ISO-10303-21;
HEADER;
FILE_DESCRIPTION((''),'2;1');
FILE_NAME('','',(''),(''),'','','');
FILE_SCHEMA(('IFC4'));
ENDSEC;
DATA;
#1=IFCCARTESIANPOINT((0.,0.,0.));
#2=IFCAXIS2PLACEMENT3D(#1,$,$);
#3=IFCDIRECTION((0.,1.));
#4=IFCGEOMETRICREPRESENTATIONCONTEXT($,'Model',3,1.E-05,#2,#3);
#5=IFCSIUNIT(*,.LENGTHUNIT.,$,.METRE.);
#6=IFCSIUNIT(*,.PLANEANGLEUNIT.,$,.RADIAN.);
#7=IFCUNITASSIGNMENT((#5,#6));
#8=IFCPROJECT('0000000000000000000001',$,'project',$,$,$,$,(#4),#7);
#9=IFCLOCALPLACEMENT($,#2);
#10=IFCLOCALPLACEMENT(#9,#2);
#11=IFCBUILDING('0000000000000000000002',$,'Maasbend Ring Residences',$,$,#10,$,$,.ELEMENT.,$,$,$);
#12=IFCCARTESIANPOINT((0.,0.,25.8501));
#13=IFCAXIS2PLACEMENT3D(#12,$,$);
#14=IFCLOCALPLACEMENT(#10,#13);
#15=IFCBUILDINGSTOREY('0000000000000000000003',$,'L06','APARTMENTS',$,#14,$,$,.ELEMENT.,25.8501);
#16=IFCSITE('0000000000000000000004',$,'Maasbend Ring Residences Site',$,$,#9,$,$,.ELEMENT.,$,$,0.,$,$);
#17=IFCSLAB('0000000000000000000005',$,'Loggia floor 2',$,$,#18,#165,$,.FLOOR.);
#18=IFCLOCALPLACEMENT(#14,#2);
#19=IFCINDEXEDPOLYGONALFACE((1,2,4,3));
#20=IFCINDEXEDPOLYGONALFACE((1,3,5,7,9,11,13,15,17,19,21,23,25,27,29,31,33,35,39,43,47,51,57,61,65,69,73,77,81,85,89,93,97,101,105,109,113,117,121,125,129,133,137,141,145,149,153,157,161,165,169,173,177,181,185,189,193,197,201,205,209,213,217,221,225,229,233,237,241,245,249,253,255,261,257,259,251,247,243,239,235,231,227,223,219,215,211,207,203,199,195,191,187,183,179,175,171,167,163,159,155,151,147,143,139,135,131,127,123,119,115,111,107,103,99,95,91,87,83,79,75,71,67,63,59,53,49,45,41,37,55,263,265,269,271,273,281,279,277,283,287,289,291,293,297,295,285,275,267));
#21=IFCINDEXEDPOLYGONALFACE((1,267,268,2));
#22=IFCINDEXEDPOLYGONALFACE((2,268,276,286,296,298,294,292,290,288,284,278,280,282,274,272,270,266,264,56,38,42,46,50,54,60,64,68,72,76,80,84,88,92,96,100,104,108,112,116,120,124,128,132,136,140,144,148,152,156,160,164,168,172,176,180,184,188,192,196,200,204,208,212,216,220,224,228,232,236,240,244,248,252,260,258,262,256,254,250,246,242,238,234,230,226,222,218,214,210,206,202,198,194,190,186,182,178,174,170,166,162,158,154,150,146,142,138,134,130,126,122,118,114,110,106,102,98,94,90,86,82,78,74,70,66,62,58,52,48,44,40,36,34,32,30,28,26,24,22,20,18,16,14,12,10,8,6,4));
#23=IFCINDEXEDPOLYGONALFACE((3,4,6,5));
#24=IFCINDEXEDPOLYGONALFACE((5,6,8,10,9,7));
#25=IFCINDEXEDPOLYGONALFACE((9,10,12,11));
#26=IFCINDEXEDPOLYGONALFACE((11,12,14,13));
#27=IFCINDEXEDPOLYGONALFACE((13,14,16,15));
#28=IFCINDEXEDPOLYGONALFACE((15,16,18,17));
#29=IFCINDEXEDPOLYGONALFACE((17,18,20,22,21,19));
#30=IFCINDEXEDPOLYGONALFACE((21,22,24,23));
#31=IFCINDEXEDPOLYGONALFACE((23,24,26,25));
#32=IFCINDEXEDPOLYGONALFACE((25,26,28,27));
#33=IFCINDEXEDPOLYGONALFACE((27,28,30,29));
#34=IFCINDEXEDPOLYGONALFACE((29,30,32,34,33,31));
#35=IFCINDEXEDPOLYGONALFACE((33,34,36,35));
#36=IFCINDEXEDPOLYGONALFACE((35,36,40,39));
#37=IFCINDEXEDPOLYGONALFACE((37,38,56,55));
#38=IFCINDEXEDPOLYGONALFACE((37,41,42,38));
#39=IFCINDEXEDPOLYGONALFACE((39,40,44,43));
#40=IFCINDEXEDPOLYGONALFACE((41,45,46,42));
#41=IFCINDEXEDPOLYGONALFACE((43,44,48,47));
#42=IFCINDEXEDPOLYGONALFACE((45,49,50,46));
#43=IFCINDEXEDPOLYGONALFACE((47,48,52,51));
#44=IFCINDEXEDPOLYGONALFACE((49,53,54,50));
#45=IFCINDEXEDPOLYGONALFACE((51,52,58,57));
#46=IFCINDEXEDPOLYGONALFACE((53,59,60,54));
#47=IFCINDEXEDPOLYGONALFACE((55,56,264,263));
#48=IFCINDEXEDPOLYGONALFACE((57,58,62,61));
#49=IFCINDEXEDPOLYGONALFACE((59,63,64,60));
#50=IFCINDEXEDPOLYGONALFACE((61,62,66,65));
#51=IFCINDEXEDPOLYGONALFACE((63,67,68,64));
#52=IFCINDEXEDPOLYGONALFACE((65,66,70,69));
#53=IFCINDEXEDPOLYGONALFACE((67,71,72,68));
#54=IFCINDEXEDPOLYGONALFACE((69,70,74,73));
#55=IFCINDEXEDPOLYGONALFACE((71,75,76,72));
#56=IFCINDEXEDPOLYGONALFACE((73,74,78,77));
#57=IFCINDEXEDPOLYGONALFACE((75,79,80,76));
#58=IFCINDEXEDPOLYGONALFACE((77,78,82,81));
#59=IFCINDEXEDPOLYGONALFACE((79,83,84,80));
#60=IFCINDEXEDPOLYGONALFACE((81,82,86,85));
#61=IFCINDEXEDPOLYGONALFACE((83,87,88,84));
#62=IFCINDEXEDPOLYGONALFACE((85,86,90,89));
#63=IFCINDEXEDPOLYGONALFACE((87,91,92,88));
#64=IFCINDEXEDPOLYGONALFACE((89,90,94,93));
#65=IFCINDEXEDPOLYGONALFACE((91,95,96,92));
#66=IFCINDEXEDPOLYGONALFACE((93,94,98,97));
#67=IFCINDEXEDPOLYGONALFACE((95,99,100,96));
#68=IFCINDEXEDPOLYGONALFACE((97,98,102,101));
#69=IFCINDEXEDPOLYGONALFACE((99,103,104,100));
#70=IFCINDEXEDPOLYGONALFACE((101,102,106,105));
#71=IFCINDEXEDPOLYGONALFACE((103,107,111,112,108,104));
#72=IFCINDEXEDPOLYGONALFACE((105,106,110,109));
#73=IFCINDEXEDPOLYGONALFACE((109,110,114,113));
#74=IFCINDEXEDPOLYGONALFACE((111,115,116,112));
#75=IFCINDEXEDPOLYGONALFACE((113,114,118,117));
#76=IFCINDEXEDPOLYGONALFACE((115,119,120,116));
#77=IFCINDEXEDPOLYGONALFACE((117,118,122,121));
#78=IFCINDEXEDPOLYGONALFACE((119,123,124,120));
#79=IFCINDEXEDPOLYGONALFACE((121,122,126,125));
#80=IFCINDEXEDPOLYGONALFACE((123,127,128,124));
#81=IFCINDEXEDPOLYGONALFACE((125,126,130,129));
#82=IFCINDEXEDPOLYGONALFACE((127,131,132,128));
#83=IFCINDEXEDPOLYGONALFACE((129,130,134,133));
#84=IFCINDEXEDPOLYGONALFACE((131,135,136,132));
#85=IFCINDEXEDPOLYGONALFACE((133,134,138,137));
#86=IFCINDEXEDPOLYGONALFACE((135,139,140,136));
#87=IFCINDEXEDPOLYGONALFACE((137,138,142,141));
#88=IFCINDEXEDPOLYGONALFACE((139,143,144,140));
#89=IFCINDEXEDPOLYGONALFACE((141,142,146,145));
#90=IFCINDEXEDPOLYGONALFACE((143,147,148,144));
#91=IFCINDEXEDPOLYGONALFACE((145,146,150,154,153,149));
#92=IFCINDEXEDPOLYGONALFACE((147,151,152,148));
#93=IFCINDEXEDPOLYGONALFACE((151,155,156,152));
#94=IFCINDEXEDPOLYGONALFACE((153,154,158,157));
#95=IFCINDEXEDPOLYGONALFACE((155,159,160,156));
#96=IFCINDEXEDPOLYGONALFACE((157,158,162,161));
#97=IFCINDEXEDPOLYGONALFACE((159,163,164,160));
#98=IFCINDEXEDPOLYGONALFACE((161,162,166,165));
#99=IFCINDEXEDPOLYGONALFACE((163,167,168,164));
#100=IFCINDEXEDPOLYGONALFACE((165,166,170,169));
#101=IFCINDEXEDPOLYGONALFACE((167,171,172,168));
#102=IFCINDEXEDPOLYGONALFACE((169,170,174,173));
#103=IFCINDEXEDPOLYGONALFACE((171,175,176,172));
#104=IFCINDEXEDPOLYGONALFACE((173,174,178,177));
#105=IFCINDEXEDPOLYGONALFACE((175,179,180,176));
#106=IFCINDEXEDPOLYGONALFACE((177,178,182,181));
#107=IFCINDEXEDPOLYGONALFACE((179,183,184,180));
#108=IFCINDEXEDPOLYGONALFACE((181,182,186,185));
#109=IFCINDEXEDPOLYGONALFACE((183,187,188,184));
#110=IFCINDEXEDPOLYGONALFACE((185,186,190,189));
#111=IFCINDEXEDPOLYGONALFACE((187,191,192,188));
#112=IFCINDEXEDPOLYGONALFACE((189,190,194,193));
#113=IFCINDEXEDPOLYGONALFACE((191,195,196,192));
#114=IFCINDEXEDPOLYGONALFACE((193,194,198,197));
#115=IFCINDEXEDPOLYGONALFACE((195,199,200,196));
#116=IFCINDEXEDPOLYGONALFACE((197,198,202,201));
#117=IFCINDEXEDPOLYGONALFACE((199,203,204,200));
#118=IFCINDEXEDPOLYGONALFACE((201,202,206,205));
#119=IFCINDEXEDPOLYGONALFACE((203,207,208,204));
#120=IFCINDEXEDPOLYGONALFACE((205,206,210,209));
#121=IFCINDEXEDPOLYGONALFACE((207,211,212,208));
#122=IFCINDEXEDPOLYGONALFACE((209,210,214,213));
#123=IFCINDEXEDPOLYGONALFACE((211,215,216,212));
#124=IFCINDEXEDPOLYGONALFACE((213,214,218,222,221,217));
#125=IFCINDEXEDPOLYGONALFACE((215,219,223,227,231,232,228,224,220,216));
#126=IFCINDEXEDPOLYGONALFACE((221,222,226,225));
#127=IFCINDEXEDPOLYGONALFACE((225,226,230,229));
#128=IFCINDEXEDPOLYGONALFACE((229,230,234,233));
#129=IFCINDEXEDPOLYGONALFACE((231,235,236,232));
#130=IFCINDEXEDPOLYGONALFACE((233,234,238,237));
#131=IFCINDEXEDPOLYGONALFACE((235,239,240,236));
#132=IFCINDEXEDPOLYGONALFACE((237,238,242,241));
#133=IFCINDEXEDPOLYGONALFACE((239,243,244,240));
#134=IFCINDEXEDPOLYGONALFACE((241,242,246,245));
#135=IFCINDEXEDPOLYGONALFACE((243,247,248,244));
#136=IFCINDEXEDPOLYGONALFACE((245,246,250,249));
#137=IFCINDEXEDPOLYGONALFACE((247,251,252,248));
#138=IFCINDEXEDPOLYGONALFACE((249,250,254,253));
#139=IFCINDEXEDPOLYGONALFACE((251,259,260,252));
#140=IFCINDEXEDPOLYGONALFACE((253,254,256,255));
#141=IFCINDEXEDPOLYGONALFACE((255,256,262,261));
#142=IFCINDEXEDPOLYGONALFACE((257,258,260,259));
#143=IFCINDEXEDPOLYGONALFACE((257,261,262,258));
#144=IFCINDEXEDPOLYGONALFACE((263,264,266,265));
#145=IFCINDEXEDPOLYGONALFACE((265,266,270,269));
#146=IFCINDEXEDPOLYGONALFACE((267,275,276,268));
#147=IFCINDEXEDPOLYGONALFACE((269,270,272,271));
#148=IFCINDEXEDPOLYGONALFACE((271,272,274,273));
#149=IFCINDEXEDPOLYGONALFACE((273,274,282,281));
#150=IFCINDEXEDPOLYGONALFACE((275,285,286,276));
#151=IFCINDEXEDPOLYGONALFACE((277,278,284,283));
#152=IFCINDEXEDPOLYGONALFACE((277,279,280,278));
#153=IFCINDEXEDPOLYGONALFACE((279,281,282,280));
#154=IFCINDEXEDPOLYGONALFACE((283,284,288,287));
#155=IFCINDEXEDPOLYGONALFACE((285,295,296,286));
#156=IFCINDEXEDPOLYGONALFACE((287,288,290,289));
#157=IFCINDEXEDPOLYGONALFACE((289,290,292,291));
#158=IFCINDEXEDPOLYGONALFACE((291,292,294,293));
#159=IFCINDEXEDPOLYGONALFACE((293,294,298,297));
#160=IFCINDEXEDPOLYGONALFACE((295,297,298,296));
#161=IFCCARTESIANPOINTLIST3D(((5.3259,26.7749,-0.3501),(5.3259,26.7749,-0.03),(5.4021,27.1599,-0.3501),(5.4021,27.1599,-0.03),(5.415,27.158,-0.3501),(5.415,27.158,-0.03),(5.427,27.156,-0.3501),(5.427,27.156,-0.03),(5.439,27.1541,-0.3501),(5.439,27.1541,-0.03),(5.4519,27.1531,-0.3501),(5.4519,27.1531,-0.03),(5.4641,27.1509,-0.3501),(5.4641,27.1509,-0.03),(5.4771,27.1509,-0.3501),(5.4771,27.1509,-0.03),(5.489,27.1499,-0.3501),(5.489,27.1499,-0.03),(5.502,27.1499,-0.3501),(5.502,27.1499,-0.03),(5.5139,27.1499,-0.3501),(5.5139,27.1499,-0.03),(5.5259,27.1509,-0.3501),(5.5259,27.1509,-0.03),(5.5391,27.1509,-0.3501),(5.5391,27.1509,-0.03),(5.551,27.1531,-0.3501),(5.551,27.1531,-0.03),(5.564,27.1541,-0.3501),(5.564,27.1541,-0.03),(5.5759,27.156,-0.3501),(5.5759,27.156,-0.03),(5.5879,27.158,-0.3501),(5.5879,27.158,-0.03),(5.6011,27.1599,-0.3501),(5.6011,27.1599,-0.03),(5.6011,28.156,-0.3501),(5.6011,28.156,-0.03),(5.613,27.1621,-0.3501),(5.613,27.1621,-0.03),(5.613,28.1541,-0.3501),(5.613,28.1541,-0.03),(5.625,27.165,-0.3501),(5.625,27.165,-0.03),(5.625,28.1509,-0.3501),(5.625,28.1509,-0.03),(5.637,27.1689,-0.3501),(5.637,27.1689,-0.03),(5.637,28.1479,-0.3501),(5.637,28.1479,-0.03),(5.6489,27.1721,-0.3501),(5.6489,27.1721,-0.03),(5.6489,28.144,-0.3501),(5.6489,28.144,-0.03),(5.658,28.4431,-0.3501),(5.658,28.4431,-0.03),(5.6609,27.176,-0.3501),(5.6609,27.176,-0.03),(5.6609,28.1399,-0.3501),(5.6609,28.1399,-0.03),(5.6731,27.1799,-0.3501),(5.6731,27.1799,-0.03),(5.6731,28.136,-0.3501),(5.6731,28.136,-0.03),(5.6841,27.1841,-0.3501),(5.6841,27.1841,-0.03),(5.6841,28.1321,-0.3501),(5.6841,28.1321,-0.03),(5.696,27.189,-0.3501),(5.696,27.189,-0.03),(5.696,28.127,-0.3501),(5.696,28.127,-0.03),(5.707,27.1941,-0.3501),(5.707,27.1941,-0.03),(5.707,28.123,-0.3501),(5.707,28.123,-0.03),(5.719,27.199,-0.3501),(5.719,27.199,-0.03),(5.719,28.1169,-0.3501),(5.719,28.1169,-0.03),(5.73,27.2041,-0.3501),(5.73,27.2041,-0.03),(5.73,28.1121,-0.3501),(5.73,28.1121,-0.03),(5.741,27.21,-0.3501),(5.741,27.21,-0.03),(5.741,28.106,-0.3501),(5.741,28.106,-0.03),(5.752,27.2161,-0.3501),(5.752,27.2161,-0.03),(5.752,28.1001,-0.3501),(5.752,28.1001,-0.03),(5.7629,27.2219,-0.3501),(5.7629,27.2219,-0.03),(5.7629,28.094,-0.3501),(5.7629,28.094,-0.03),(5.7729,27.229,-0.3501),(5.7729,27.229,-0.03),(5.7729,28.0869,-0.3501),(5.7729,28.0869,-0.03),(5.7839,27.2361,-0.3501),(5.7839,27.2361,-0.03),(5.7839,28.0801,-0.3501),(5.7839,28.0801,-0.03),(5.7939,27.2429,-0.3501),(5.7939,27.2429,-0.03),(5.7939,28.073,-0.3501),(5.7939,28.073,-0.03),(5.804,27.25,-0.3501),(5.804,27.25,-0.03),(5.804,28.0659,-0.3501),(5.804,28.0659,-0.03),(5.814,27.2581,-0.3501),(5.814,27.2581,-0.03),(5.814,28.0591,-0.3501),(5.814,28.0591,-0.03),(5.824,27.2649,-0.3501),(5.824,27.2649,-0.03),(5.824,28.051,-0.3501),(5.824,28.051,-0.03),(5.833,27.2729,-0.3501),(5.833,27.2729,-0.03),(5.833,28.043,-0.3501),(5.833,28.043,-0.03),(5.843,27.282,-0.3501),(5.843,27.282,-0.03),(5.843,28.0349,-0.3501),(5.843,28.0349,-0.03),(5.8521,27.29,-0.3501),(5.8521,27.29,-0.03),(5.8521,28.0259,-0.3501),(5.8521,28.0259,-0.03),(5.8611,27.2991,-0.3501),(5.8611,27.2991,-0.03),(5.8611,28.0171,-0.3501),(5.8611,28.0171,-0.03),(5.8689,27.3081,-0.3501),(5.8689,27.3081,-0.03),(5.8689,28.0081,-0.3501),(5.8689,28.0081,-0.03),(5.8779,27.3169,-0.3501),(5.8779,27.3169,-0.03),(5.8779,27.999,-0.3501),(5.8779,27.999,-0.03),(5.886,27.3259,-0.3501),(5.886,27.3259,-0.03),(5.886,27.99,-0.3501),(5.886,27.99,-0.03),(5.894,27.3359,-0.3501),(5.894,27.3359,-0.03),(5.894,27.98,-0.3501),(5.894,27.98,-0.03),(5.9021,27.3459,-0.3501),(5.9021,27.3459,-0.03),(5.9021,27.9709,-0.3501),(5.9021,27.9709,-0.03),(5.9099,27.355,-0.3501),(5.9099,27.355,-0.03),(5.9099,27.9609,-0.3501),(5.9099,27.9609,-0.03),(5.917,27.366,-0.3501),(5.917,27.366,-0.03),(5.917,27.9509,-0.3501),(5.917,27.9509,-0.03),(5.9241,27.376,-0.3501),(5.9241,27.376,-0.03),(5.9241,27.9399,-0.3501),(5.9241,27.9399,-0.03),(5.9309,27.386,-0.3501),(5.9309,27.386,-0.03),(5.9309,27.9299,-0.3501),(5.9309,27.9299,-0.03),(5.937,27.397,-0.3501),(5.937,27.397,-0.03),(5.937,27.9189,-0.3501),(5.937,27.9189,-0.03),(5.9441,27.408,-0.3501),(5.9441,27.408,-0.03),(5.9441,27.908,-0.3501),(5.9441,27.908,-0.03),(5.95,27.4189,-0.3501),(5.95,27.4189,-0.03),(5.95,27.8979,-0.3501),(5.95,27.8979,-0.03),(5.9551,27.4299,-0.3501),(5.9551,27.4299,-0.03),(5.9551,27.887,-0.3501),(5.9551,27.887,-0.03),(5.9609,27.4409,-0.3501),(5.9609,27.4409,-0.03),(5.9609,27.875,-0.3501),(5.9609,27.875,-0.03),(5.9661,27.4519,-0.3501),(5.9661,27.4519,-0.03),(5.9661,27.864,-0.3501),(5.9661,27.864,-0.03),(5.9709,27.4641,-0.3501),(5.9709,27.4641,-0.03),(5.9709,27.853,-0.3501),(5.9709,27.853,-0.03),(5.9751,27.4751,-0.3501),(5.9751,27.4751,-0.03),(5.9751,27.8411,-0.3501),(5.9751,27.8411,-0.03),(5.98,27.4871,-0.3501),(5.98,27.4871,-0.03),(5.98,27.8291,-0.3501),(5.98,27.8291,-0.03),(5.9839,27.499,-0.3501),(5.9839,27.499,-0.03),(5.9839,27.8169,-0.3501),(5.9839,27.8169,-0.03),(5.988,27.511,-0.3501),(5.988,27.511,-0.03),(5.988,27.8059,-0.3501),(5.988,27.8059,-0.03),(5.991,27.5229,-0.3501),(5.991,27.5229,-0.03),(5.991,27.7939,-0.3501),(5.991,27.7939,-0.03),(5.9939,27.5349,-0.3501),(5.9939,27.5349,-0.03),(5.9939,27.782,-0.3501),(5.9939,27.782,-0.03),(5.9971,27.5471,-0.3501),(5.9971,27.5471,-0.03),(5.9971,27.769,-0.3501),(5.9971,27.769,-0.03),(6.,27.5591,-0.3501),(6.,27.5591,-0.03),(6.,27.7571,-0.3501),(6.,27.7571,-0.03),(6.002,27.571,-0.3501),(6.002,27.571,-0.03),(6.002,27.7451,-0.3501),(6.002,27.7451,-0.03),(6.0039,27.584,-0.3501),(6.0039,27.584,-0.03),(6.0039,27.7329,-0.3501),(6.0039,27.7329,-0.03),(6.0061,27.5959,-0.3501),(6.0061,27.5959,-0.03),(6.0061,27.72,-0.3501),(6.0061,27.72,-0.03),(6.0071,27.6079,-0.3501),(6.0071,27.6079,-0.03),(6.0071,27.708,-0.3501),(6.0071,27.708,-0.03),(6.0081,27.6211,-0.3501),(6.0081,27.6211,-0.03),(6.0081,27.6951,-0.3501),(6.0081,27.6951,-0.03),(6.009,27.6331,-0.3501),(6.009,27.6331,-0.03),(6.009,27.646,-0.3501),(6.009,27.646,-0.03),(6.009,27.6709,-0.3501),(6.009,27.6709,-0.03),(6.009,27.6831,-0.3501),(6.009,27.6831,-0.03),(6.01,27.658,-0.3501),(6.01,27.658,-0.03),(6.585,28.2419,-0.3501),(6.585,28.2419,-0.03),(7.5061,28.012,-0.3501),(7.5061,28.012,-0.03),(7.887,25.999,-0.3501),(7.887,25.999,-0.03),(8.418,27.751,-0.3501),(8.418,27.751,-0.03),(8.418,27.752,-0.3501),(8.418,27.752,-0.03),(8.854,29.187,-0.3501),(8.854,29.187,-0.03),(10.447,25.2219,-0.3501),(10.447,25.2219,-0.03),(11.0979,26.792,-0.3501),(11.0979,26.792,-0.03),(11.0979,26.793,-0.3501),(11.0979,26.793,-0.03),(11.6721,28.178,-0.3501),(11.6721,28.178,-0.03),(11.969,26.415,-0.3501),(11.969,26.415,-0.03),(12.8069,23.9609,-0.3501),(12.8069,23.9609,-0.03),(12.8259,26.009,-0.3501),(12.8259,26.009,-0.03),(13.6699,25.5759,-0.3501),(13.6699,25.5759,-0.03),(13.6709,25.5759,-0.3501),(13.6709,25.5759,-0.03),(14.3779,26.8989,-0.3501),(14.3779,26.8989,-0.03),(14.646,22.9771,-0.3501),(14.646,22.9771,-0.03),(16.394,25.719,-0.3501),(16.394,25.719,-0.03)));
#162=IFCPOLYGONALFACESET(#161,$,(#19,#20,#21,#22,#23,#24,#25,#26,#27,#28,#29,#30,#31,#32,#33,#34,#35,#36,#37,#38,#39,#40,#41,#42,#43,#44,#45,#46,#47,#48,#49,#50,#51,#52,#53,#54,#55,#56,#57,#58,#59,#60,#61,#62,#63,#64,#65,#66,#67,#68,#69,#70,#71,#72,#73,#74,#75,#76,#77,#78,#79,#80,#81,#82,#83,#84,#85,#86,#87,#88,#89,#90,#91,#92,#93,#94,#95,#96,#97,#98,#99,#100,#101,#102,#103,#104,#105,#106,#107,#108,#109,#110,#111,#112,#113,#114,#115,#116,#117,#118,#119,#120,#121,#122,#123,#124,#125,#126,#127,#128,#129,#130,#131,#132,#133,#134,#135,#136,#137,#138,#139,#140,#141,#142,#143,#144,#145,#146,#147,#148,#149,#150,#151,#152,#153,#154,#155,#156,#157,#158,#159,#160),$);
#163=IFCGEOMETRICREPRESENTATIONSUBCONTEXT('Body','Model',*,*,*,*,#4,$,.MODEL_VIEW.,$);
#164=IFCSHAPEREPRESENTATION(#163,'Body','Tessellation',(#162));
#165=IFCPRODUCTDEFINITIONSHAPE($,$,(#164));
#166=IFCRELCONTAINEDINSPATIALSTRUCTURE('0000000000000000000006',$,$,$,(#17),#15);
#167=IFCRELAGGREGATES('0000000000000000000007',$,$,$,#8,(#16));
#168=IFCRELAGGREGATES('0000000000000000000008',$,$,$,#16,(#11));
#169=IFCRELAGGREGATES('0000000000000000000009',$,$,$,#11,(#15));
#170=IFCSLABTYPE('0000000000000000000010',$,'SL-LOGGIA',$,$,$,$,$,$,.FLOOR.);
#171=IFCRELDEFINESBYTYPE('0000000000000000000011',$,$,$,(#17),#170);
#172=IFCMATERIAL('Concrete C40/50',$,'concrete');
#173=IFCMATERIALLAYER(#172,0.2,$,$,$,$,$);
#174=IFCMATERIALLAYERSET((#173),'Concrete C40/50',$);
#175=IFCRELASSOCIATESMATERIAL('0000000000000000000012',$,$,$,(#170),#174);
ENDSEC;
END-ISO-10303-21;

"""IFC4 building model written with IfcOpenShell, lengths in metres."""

from ifc_helpers import new_model, si_unit, direction, frame, origin, place, context, subcontext, project, spatial, polyline, outline, extrude, material, layer, layer_set, type_object, element, save


model = new_model("IFC4")

# Units and contexts
model_context = context("Model", 3, precision=1e-05, world=origin(), true_north=direction((0.0, 1.0)))
body_context = subcontext(model_context, "Body", "Model", "MODEL_VIEW")
ifc_project = project(units=[si_unit("LENGTHUNIT", "METRE"), si_unit("PLANEANGLEUNIT", "RADIAN")], contexts=[model_context])

# Site, building, storey
site_placement = place(None, origin())
site = spatial("IfcSite", under=ifc_project, at=site_placement, Name="Maasbend Ring Residences Site", CompositionType="ELEMENT", RefElevation=0.0)
building_placement = place(site_placement, origin())
building = spatial("IfcBuilding", under=site, at=building_placement, Name="Maasbend Ring Residences", CompositionType="ELEMENT")
storey_placement = place(building_placement, frame((0.0, 0.0, 25.8501)))
storey = spatial("IfcBuildingStorey", under=building, at=storey_placement, Name="L06", Description="APARTMENTS", CompositionType="ELEMENT", Elevation=25.8501)

# Slab
ifc_material_1 = material(Name="Concrete C40/50", Category="concrete")
ifc_layer_1 = layer(ifc_material_1, 0.2)
ifc_layer_set_1 = layer_set([ifc_layer_1], Name="Concrete C40/50")
slab_type_1 = type_object("IfcSlabType", Name="SL-LOGGIA", PredefinedType="FLOOR", material=ifc_layer_set_1)
slab_1_placement = place(storey_placement, frame((0.0, 0.0, -0.3501)))
element("IfcSlab", 1, at=slab_1_placement, inside=storey, type_object=slab_type_1, Name="Loggia floor 2", PredefinedType="FLOOR", context=body_context, shape_type="SweptSolid", body=[
    extrude(outline(polyline([(5.439, 27.1541), (5.4519, 27.1531), (5.4641, 27.1509), (5.4771, 27.1509), (5.489, 27.1499), (5.502, 27.1499), (5.5139, 27.1499), (5.5259, 27.1509), (5.5391, 27.1509), (5.551, 27.1531), (5.564, 27.1541), (5.5759, 27.156), (5.5879, 27.158), (5.6011, 27.1599), (5.613, 27.1621), (5.625, 27.165), (5.637, 27.1689), (5.6489, 27.1721), (5.6609, 27.176), (5.6731, 27.1799), (5.6841, 27.1841), (5.696, 27.189), (5.707, 27.1941), (5.719, 27.199), (5.73, 27.2041), (5.741, 27.21), (5.752, 27.2161), (5.7629, 27.2219), (5.7729, 27.229), (5.7839, 27.2361), (5.7939, 27.2429), (5.804, 27.25), (5.814, 27.2581), (5.824, 27.2649), (5.833, 27.2729), (5.843, 27.282), (5.8521, 27.29), (5.8611, 27.2991), (5.8689, 27.3081), (5.8779, 27.3169), (5.886, 27.3259), (5.894, 27.3359), (5.9021, 27.3459), (5.9099, 27.355), (5.917, 27.366), (5.9241, 27.376), (5.9309, 27.386), (5.937, 27.397), (5.9441, 27.408), (5.95, 27.4189), (5.9551, 27.4299), (5.9609, 27.4409), (5.9661, 27.4519), (5.9709, 27.4641), (5.9751, 27.4751), (5.98, 27.4871), (5.9839, 27.499), (5.988, 27.511), (5.991, 27.5229), (5.9939, 27.5349), (5.9971, 27.5471), (6.0, 27.5591), (6.002, 27.571), (6.0039, 27.584), (6.0061, 27.5959), (6.0071, 27.6079), (6.0081, 27.6211), (6.009, 27.6331), (6.009, 27.646), (6.01, 27.658), (6.009, 27.6709), (6.009, 27.6831), (6.0081, 27.6951), (6.0071, 27.708), (6.0061, 27.72), (6.0039, 27.7329), (6.002, 27.7451), (6.0, 27.7571), (5.9971, 27.769), (5.9939, 27.782), (5.991, 27.7939), (5.988, 27.8059), (5.9839, 27.8169), (5.98, 27.8291), (5.9751, 27.8411), (5.9709, 27.853), (5.9661, 27.864), (5.9609, 27.875), (5.9551, 27.887), (5.95, 27.8979), (5.9441, 27.908), (5.937, 27.9189), (5.9309, 27.9299), (5.9241, 27.9399), (5.917, 27.9509), (5.9099, 27.9609), (5.9021, 27.9709), (5.894, 27.98), (5.886, 27.99), (5.8779, 27.999), (5.8689, 28.0081), (5.8611, 28.0171), (5.8521, 28.0259), (5.843, 28.0349), (5.833, 28.043), (5.824, 28.051), (5.814, 28.0591), (5.804, 28.0659), (5.7939, 28.073), (5.7839, 28.0801), (5.7729, 28.0869), (5.7629, 28.094), (5.752, 28.1001), (5.741, 28.106), (5.73, 28.1121), (5.719, 28.1169), (5.707, 28.123), (5.696, 28.127), (5.6841, 28.1321), (5.6731, 28.136), (5.6609, 28.1399), (5.6489, 28.144), (5.637, 28.1479), (5.625, 28.1509), (5.613, 28.1541), (5.6011, 28.156), (5.658, 28.4431), (5.658, 28.4431), (5.658, 28.4431), (6.585, 28.2419), (6.585, 28.2419), (7.5061, 28.012), (7.5061, 28.012), (8.418, 27.751), (8.418, 27.751), (8.418, 27.751), (8.418, 27.751), (8.418, 27.751), (8.418, 27.751), (8.418, 27.751), (8.418, 27.751), (8.418, 27.751), (8.418, 27.751), (8.418, 27.752), (8.418, 27.752), (8.418, 27.752), (8.418, 27.752), (8.418, 27.752), (8.418, 27.752), (8.418, 27.752), (8.854, 29.187), (8.854, 29.187), (8.854, 29.187), (11.6721, 28.178), (11.6721, 28.178), (11.6721, 28.178), (11.0979, 26.793), (11.0979, 26.793), (11.0979, 26.793), (11.0979, 26.793), (11.0979, 26.793), (11.0979, 26.793), (11.0979, 26.793), (11.0979, 26.793), (11.0979, 26.793), (11.0979, 26.793), (11.0979, 26.792), (11.0979, 26.792), (11.0979, 26.792), (11.0979, 26.792), (11.0979, 26.792), (11.0979, 26.792), (11.0979, 26.792), (11.969, 26.415), (11.969, 26.415), (12.8259, 26.009), (12.8259, 26.009), (13.6699, 25.5759), (13.6699, 25.5759), (13.6699, 25.5759), (13.6699, 25.5759), (13.6699, 25.5759), (13.6699, 25.5759), (13.6699, 25.5759), (13.6699, 25.5759), (13.6699, 25.5759), (13.6699, 25.5759), (13.6709, 25.5759), (13.6709, 25.5759), (13.6709, 25.5759), (13.6709, 25.5759), (13.6709, 25.5759), (13.6709, 25.5759), (13.6709, 25.5759), (14.3779, 26.8989), (14.3779, 26.8989), (14.3779, 26.8989), (16.394, 25.719), (16.394, 25.719), (16.394, 25.719), (14.646, 22.9771), (14.646, 22.9771), (14.646, 22.9771), (12.8069, 23.9609), (10.447, 25.2219), (10.447, 25.2219), (10.447, 25.2219), (7.887, 25.999), (5.3259, 26.7749), (5.3259, 26.7749), (5.3259, 26.7749), (5.4021, 27.1599), (5.415, 27.158), (5.427, 27.156), (5.439, 27.1541)])), origin(), (0.0, 0.0, 1.0), 0.3201),
])

save(model, "model.ifc")
